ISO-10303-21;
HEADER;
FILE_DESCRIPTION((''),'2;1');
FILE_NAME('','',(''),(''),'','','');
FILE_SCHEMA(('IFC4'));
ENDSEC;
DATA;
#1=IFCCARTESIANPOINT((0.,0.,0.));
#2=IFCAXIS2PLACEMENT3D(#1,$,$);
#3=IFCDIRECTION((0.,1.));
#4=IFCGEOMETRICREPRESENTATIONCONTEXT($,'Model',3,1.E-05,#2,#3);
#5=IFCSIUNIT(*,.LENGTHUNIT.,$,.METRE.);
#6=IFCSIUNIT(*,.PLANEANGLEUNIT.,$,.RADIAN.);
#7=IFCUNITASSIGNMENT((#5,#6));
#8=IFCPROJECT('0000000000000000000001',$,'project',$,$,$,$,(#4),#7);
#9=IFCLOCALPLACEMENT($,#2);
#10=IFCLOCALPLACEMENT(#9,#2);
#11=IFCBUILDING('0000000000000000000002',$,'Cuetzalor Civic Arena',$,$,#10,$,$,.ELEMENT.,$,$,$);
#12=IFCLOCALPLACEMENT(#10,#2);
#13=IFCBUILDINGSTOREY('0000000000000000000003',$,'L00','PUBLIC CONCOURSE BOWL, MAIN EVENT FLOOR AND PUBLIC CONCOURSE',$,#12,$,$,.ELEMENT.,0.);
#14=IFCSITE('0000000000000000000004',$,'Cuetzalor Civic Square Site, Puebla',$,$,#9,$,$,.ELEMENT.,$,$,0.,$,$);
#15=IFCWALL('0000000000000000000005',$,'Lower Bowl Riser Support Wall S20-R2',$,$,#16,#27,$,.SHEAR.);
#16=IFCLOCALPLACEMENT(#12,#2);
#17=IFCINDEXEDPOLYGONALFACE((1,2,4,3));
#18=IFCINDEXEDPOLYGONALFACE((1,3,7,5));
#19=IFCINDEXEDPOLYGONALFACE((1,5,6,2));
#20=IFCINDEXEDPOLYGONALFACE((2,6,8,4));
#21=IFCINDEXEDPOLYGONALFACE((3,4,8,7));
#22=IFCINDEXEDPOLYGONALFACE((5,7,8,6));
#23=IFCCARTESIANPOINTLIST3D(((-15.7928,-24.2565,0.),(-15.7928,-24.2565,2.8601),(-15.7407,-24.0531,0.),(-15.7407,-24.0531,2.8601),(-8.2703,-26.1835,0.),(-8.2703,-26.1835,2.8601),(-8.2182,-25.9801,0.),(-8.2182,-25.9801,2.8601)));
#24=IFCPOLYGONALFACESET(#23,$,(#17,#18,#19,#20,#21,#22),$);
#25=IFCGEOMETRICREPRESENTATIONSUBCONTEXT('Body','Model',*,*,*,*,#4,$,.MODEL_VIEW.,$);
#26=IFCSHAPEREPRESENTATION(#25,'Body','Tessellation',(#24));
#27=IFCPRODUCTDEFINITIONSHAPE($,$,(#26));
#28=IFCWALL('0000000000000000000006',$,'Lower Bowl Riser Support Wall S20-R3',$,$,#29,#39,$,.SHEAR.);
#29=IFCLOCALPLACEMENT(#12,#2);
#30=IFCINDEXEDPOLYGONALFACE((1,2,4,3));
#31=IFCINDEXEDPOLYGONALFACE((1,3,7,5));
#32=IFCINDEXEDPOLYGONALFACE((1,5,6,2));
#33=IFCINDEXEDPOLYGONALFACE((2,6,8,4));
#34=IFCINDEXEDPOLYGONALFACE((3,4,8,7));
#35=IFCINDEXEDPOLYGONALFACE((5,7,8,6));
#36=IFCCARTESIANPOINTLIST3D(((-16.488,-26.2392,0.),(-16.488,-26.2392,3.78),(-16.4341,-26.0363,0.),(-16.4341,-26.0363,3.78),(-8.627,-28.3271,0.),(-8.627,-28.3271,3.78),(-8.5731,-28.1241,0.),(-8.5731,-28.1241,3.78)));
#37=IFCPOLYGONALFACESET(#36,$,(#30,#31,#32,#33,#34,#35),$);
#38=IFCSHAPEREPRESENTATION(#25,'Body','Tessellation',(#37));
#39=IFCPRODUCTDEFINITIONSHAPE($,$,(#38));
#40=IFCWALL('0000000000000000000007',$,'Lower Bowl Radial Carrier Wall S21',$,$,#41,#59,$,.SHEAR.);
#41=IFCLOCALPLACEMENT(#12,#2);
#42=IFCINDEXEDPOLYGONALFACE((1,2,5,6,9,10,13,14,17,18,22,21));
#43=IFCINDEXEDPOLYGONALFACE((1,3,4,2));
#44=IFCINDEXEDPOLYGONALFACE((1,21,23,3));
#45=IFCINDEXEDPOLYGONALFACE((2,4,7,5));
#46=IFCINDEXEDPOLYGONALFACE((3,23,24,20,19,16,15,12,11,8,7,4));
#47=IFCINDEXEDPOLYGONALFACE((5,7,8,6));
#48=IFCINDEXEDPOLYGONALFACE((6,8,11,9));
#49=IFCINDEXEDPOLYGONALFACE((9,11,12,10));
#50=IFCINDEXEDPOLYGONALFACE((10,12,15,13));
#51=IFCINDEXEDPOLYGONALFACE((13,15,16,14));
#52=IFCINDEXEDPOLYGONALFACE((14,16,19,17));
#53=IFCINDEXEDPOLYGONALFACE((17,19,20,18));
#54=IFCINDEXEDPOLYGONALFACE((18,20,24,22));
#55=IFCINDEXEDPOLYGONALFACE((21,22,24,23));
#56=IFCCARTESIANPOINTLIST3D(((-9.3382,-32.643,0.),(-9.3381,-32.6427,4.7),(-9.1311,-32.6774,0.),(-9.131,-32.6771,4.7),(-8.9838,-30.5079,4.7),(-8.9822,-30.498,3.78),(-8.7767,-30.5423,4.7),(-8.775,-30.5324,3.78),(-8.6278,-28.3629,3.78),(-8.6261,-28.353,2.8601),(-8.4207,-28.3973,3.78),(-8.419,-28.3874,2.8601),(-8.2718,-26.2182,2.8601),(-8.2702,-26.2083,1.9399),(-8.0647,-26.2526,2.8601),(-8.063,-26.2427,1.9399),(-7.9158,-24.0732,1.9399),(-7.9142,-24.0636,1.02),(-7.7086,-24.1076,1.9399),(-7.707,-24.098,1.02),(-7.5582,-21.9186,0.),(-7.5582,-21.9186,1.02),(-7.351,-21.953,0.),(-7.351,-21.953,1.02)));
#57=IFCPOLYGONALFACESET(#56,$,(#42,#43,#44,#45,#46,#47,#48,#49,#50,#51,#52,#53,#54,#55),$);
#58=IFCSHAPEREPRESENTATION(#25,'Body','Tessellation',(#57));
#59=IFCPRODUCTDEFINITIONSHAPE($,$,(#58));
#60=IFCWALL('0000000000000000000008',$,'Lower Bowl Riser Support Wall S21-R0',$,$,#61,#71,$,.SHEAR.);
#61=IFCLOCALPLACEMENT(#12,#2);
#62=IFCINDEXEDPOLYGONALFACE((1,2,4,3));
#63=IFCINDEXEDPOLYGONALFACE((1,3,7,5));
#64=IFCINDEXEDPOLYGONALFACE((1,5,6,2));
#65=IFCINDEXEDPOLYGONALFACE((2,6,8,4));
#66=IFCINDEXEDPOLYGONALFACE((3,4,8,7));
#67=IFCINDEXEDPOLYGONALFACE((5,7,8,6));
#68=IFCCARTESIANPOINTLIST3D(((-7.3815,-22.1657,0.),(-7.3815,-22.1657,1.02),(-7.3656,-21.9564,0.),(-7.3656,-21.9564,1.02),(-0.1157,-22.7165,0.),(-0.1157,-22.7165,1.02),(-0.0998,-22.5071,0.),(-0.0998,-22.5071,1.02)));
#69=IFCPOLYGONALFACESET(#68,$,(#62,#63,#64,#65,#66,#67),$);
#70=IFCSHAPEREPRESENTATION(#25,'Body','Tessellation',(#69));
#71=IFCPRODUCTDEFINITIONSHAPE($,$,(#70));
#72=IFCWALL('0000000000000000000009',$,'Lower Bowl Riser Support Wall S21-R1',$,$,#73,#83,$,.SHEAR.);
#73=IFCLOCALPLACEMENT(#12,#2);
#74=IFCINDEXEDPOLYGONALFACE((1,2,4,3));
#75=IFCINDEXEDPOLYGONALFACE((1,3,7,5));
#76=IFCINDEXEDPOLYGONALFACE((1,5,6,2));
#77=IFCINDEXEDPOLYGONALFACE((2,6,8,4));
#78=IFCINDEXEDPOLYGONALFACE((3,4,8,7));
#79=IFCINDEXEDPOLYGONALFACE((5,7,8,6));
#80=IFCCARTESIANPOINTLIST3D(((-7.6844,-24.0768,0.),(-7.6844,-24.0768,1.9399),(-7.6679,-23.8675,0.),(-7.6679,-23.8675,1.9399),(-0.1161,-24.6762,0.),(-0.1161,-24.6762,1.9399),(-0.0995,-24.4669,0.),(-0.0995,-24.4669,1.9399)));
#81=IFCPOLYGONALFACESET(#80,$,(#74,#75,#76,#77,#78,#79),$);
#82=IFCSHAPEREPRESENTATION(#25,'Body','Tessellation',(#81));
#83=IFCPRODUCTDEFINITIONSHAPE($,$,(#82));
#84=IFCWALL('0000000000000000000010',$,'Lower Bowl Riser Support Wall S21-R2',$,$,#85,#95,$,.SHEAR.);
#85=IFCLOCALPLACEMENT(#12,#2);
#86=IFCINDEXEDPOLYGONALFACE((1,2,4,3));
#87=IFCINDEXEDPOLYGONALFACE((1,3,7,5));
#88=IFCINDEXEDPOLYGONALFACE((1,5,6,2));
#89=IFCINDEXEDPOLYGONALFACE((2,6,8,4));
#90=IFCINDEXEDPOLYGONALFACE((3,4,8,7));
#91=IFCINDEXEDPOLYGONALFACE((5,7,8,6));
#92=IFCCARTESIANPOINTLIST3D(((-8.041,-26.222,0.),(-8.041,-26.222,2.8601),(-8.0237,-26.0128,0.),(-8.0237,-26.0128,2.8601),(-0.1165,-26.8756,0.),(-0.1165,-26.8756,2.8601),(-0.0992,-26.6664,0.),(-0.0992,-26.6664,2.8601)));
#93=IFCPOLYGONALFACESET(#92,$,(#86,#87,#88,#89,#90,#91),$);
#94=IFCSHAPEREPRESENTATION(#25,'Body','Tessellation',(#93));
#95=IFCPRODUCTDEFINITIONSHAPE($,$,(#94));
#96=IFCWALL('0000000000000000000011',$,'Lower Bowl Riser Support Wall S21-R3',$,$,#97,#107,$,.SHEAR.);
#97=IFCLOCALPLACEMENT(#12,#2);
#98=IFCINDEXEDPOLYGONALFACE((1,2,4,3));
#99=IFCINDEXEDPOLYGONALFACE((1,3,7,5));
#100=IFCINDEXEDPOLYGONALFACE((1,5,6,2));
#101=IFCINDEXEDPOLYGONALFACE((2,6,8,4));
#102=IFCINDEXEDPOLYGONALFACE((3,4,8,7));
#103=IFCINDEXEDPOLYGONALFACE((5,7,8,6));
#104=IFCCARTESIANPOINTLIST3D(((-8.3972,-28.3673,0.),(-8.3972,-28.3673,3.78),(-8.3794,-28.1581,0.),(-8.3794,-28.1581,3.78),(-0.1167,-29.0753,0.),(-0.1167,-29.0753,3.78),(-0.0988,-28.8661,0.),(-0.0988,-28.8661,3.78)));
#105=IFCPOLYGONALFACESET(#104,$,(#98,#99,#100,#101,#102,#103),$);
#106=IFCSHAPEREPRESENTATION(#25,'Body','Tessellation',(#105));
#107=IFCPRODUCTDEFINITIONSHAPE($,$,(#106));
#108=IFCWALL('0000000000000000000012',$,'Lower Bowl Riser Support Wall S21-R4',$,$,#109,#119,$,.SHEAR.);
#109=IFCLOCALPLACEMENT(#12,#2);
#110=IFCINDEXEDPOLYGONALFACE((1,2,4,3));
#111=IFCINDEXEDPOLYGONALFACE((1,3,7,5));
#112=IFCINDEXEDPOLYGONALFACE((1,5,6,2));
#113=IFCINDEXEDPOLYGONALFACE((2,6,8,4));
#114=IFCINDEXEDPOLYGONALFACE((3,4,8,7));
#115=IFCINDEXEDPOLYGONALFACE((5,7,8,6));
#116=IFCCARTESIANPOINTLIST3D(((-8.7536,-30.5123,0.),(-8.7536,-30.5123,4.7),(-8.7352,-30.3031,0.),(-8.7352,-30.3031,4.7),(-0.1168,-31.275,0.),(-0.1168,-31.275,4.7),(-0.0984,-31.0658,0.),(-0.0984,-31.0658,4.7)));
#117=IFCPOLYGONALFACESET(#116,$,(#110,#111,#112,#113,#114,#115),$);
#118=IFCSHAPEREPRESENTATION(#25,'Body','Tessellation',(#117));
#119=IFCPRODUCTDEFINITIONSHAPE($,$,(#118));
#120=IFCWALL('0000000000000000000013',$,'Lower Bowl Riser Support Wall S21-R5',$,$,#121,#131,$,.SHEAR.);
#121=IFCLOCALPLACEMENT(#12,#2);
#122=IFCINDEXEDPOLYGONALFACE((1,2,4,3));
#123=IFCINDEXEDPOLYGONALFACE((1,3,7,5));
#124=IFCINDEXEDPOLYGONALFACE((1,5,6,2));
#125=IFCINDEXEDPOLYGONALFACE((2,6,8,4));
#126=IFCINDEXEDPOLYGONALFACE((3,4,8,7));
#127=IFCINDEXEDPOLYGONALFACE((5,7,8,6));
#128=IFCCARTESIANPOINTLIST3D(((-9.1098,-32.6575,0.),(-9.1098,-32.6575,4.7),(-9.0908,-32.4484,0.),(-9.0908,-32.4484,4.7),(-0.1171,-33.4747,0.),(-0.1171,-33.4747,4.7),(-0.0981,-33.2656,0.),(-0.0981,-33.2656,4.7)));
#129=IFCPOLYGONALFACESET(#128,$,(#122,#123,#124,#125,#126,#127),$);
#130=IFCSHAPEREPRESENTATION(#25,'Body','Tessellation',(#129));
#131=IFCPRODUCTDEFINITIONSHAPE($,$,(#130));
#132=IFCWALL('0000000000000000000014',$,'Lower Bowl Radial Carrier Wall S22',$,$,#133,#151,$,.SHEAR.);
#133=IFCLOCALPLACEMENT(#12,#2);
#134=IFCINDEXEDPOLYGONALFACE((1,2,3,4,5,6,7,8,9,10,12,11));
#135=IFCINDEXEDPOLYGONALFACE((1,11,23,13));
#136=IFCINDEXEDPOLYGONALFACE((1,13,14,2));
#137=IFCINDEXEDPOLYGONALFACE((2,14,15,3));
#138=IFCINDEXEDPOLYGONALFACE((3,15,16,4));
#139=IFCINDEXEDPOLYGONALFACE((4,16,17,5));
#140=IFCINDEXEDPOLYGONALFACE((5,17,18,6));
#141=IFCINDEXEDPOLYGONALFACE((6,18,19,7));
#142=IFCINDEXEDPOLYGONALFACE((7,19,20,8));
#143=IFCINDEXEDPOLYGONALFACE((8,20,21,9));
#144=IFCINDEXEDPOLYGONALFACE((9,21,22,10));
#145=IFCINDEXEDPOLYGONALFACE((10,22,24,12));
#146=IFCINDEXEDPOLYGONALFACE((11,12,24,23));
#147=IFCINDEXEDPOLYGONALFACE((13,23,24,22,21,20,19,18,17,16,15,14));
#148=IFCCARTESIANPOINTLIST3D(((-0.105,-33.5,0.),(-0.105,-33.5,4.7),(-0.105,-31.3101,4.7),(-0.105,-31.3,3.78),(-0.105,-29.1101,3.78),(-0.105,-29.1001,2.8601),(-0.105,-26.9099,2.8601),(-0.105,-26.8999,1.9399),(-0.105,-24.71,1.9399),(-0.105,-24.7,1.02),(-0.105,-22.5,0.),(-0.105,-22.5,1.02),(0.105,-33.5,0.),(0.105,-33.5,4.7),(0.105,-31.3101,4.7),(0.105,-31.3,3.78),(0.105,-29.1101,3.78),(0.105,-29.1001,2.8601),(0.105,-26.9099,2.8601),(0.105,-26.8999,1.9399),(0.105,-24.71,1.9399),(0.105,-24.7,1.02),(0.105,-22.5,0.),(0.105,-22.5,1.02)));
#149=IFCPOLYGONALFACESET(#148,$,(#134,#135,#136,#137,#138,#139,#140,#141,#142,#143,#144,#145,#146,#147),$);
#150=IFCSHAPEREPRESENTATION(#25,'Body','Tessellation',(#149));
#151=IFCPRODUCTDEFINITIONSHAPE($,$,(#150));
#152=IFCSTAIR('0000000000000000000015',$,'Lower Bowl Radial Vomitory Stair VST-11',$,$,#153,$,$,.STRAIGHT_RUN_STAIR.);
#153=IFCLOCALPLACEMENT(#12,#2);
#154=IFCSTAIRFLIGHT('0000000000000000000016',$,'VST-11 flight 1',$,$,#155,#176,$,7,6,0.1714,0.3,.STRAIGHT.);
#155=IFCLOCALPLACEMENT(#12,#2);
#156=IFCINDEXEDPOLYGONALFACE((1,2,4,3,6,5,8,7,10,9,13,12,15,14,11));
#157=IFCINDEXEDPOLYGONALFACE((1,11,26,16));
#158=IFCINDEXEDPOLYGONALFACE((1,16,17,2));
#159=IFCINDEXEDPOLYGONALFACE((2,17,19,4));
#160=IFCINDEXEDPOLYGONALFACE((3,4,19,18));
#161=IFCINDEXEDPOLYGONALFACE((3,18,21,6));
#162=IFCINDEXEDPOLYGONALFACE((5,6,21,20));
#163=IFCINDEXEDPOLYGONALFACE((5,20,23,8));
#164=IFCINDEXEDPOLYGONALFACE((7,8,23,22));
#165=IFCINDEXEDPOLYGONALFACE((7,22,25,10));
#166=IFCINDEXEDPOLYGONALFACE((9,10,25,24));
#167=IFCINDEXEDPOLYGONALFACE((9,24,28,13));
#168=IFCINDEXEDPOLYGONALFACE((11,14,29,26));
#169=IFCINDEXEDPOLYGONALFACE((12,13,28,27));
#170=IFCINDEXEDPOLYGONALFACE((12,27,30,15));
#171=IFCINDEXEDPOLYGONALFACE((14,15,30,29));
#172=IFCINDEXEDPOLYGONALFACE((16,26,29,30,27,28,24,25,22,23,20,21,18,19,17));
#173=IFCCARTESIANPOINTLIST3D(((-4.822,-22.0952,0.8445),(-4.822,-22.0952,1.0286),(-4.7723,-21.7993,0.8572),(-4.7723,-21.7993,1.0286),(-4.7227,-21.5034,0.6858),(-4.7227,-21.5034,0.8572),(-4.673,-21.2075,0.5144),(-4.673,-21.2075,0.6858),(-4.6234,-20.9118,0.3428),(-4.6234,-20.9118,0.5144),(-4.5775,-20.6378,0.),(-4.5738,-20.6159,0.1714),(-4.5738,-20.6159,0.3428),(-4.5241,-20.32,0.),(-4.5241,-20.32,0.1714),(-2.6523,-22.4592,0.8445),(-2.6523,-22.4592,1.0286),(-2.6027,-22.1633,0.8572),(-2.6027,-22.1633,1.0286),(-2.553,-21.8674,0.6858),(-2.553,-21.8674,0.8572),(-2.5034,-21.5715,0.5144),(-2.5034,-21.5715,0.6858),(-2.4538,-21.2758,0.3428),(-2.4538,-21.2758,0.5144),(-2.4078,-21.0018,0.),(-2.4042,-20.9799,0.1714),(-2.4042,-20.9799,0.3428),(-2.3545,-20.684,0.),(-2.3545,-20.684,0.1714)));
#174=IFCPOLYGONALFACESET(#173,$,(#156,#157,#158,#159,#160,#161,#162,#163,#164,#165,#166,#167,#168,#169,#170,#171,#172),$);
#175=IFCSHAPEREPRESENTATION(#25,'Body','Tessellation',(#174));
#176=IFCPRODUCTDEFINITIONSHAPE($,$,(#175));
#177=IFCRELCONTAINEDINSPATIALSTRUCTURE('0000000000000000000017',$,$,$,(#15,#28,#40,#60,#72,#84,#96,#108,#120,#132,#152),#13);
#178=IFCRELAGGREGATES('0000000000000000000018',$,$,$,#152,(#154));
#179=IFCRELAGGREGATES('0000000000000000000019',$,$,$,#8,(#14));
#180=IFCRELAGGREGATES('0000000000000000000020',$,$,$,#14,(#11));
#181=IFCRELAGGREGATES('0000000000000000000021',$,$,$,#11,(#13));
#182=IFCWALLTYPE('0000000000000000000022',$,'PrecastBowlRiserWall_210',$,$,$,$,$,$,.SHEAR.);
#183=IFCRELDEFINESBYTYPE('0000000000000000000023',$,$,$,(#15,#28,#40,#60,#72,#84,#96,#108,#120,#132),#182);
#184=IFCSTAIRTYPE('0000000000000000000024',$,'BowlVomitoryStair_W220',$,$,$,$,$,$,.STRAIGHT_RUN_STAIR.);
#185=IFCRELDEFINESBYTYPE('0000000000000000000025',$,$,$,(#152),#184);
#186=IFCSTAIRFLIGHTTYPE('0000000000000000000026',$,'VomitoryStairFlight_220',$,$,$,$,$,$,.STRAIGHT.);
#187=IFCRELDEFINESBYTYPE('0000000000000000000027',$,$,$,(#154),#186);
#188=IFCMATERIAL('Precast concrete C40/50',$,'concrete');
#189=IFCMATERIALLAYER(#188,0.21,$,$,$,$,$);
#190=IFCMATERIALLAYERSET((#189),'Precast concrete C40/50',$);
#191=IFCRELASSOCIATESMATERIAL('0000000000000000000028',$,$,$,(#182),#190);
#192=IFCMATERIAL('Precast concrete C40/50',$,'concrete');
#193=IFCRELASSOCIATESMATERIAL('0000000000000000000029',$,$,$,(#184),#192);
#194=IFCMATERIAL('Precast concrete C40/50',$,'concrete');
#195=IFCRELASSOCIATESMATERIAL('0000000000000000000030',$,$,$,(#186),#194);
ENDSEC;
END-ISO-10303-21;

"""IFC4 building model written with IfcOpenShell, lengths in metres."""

from ifc_helpers import new_model, si_unit, direction, frame, frame_2d, origin, place, context, subcontext, project, spatial, polyline, rectangle, outline, extrude, material, layer, layer_set, type_object, element, aggregate, save


model = new_model("IFC4")

# Units and contexts
model_context = context("Model", 3, precision=1e-05, world=origin(), true_north=direction((0.0, 1.0)))
body_context = subcontext(model_context, "Body", "Model", "MODEL_VIEW")
ifc_project = project(units=[si_unit("LENGTHUNIT", "METRE"), si_unit("PLANEANGLEUNIT", "RADIAN")], contexts=[model_context])

# Site, building, storey
site_placement = place(None, origin())
site = spatial("IfcSite", under=ifc_project, at=site_placement, Name="Cuetzalor Civic Square Site, Puebla", CompositionType="ELEMENT", RefElevation=0.0)
building_placement = place(site_placement, origin())
building = spatial("IfcBuilding", under=site, at=building_placement, Name="Cuetzalor Civic Arena", CompositionType="ELEMENT")
storey_placement = place(building_placement, origin())
storey = spatial("IfcBuildingStorey", under=building, at=storey_placement, Name="L00", Description="PUBLIC CONCOURSE BOWL, MAIN EVENT FLOOR AND PUBLIC CONCOURSE", CompositionType="ELEMENT", Elevation=0.0)

# Walls
ifc_material_1 = material(Name="Precast concrete C40/50", Category="concrete")
ifc_layer = layer(ifc_material_1, 0.21)
ifc_layer_set = layer_set([ifc_layer], Name="Precast concrete C40/50")
wall_type = type_object("IfcWallType", Name="PrecastBowlRiserWall_210", PredefinedType="SHEAR", material=ifc_layer_set)
wall_1_placement = place(storey_placement, frame((-15.7668, -24.1548, 0.0), z_axis=(0.0, 0.0, 1.0), x_axis=(0.968721, -0.248154, 0.0)))
element("IfcWall", 1, at=wall_1_placement, inside=storey, type_object=wall_type, Name="Lower Bowl Riser Support Wall S20-R2", PredefinedType="SHEAR", context=body_context, shape_type="SweptSolid", body=[
    extrude(rectangle(XDim=7.7654, YDim=0.21, at=frame_2d((3.8828, 0.0))), origin(), (0.0, 0.0, 1.0), 2.8601),
])
wall_2_placement = place(storey_placement, frame((-16.4612, -26.1377, 0.0), z_axis=(0.0, 0.0, 1.0), x_axis=(0.966492, -0.256699, 0.0)))
element("IfcWall", 2, at=wall_2_placement, inside=storey, type_object=wall_type, Name="Lower Bowl Riser Support Wall S20-R3", PredefinedType="SHEAR", context=body_context, shape_type="SweptSolid", body=[
    extrude(rectangle(XDim=8.1335, YDim=0.21, at=frame_2d((4.0669, 0.0))), origin(), (0.0, 0.0, 1.0), 3.78),
])
wall_3_placement = place(storey_placement, frame((-7.4546, -21.9358, 0.0), z_axis=(0.0, 0.0, 1.0), x_axis=(-0.16374, -0.986504, 0.0)))
element("IfcWall", 3, at=wall_3_placement, inside=storey, type_object=wall_type, Name="Lower Bowl Radial Carrier Wall S21", PredefinedType="SHEAR", context=body_context, shape_type="SweptSolid", body=[
    extrude(outline(polyline([(0.0, 0.0), (10.8711, 0.0), (10.8708, 4.7), (8.7068, 4.7), (8.6968, 3.78), (6.5325, 3.78), (6.5225, 2.8601), (4.3584, 2.8601), (4.3484, 1.9399), (2.1841, 1.9399), (2.1743, 1.02), (0.0, 1.02), (0.0, 0.0)])), frame((0.0, 0.105, 0.0), z_axis=(0.0, -1.0, 0.0), x_axis=(1.0, 0.0, 0.0)), (0.0, 0.0, 1.0), 0.21),
])
wall_4_placement = place(storey_placement, frame((-7.3735, -22.061, 0.0), z_axis=(0.0, 0.0, 1.0), x_axis=(0.997139, -0.075587, 0.0)))
element("IfcWall", 4, at=wall_4_placement, inside=storey, type_object=wall_type, Name="Lower Bowl Riser Support Wall S21-R0", PredefinedType="SHEAR", context=body_context, shape_type="SweptSolid", body=[
    extrude(rectangle(XDim=7.2866, YDim=0.21, at=frame_2d((3.6433, 0.0))), origin(), (0.0, 0.0, 1.0), 1.02),
])
wall_5_placement = place(storey_placement, frame((-7.676, -23.9722, 0.0), z_axis=(0.0, 0.0, 1.0), x_axis=(0.996879, -0.078946, 0.0)))
element("IfcWall", 5, at=wall_5_placement, inside=storey, type_object=wall_type, Name="Lower Bowl Riser Support Wall S21-R1", PredefinedType="SHEAR", context=body_context, shape_type="SweptSolid", body=[
    extrude(rectangle(XDim=7.592, YDim=0.21, at=frame_2d((3.7959, 0.0))), origin(), (0.0, 0.0, 1.0), 1.9399),
])
wall_6_placement = place(storey_placement, frame((-8.0322, -26.1174, 0.0), z_axis=(0.0, 0.0, 1.0), x_axis=(0.996616, -0.082194, 0.0)))
element("IfcWall", 6, at=wall_6_placement, inside=storey, type_object=wall_type, Name="Lower Bowl Riser Support Wall S21-R2", PredefinedType="SHEAR", context=body_context, shape_type="SweptSolid", body=[
    extrude(rectangle(XDim=7.9514, YDim=0.21, at=frame_2d((3.9756, 0.0))), origin(), (0.0, 0.0, 1.0), 2.8601),
])
wall_7_placement = place(storey_placement, frame((-8.3882, -28.2627, 0.0), z_axis=(0.0, 0.0, 1.0), x_axis=(0.996365, -0.085192, 0.0)))
element("IfcWall", 7, at=wall_7_placement, inside=storey, type_object=wall_type, Name="Lower Bowl Riser Support Wall S21-R3", PredefinedType="SHEAR", context=body_context, shape_type="SweptSolid", body=[
    extrude(rectangle(XDim=8.3108, YDim=0.21, at=frame_2d((4.1553, 0.0))), origin(), (0.0, 0.0, 1.0), 3.78),
])
wall_8_placement = place(storey_placement, frame((-8.7444, -30.4077, 0.0), z_axis=(0.0, 0.0, 1.0), x_axis=(0.996123, -0.087966, 0.0)))
element("IfcWall", 8, at=wall_8_placement, inside=storey, type_object=wall_type, Name="Lower Bowl Riser Support Wall S21-R4", PredefinedType="SHEAR", context=body_context, shape_type="SweptSolid", body=[
    extrude(rectangle(XDim=8.6704, YDim=0.21, at=frame_2d((4.3352, 0.0))), origin(), (0.0, 0.0, 1.0), 4.7),
])
wall_9_placement = place(storey_placement, frame((-9.1003, -32.553, 0.0), z_axis=(0.0, 0.0, 1.0), x_axis=(0.995897, -0.090494, 0.0)))
element("IfcWall", 9, at=wall_9_placement, inside=storey, type_object=wall_type, Name="Lower Bowl Riser Support Wall S21-R5", PredefinedType="SHEAR", context=body_context, shape_type="SweptSolid", body=[
    extrude(rectangle(XDim=9.0298, YDim=0.21, at=frame_2d((4.5149, 0.0))), origin(), (0.0, 0.0, 1.0), 4.7),
])
wall_10_placement = place(storey_placement, frame((0.0, -22.5, 0.0), z_axis=(0.0, 0.0, 1.0), x_axis=(0.0, -1.0, 0.0)))
element("IfcWall", 10, at=wall_10_placement, inside=storey, type_object=wall_type, Name="Lower Bowl Radial Carrier Wall S22", PredefinedType="SHEAR", context=body_context, shape_type="SweptSolid", body=[
    extrude(outline(polyline([(0.0, 0.0), (11.0, 0.0), (11.0, 4.7), (8.8101, 4.7), (8.8, 3.78), (6.6101, 3.78), (6.6001, 2.8601), (4.4099, 2.8601), (4.3999, 1.9399), (2.21, 1.9399), (2.2, 1.02), (0.0, 1.02), (0.0, 0.0)])), frame((0.0, 0.105, 0.0), z_axis=(0.0, -1.0, 0.0), x_axis=(1.0, 0.0, 0.0)), (0.0, 0.0, 1.0), 0.21),
])

# Stair, stair flight
ifc_material_2 = material(Name="Precast concrete C40/50", Category="concrete")
stair_type = type_object("IfcStairType", Name="BowlVomitoryStair_W220", PredefinedType="STRAIGHT_RUN_STAIR", material=ifc_material_2)
stair_placement = place(storey_placement, origin())
stair = element("IfcStair", 11, at=stair_placement, inside=storey, type_object=stair_type, Name="Lower Bowl Radial Vomitory Stair VST-11", PredefinedType="STRAIGHT_RUN_STAIR")
ifc_material_3 = material(Name="Precast concrete C40/50", Category="concrete")
stair_flight_type = type_object("IfcStairFlightType", Name="VomitoryStairFlight_220", PredefinedType="STRAIGHT", material=ifc_material_3)
stair_flight_placement = place(storey_placement, frame((-3.4395, -20.502, 0.0), z_axis=(0.0, 0.0, 1.0), x_axis=(-0.165444, -0.986219, 0.0)))
stair_flight = element("IfcStairFlight", 12, at=stair_flight_placement, type_object=stair_flight_type, Name="VST-11 flight 1", NumberOfRisers=7, NumberOfTreads=6, PredefinedType="STRAIGHT", RiserHeight=0.1714, TreadLength=0.3, context=body_context, shape_type="SweptSolid", body=[
    extrude(outline(polyline([(0.0, 0.0), (0.0, 0.1714), (0.3, 0.1714), (0.3, 0.3428), (0.6001, 0.3428), (0.6001, 0.5144), (0.8999, 0.5144), (0.8999, 0.6858), (1.2, 0.6858), (1.2, 0.8572), (1.5, 0.8572), (1.5, 1.0286), (1.8, 1.0286), (1.8, 1.2), (1.8, 0.8445), (0.3223, 0.0), (0.0, 0.0)])), frame((0.0, 1.1001, 0.0), z_axis=(0.0, -1.0, 0.0), x_axis=(1.0, 0.0, 0.0)), (0.0, 0.0, 1.0), 2.2),
])
aggregate(stair, [stair_flight])

save(model, "model.ifc")
